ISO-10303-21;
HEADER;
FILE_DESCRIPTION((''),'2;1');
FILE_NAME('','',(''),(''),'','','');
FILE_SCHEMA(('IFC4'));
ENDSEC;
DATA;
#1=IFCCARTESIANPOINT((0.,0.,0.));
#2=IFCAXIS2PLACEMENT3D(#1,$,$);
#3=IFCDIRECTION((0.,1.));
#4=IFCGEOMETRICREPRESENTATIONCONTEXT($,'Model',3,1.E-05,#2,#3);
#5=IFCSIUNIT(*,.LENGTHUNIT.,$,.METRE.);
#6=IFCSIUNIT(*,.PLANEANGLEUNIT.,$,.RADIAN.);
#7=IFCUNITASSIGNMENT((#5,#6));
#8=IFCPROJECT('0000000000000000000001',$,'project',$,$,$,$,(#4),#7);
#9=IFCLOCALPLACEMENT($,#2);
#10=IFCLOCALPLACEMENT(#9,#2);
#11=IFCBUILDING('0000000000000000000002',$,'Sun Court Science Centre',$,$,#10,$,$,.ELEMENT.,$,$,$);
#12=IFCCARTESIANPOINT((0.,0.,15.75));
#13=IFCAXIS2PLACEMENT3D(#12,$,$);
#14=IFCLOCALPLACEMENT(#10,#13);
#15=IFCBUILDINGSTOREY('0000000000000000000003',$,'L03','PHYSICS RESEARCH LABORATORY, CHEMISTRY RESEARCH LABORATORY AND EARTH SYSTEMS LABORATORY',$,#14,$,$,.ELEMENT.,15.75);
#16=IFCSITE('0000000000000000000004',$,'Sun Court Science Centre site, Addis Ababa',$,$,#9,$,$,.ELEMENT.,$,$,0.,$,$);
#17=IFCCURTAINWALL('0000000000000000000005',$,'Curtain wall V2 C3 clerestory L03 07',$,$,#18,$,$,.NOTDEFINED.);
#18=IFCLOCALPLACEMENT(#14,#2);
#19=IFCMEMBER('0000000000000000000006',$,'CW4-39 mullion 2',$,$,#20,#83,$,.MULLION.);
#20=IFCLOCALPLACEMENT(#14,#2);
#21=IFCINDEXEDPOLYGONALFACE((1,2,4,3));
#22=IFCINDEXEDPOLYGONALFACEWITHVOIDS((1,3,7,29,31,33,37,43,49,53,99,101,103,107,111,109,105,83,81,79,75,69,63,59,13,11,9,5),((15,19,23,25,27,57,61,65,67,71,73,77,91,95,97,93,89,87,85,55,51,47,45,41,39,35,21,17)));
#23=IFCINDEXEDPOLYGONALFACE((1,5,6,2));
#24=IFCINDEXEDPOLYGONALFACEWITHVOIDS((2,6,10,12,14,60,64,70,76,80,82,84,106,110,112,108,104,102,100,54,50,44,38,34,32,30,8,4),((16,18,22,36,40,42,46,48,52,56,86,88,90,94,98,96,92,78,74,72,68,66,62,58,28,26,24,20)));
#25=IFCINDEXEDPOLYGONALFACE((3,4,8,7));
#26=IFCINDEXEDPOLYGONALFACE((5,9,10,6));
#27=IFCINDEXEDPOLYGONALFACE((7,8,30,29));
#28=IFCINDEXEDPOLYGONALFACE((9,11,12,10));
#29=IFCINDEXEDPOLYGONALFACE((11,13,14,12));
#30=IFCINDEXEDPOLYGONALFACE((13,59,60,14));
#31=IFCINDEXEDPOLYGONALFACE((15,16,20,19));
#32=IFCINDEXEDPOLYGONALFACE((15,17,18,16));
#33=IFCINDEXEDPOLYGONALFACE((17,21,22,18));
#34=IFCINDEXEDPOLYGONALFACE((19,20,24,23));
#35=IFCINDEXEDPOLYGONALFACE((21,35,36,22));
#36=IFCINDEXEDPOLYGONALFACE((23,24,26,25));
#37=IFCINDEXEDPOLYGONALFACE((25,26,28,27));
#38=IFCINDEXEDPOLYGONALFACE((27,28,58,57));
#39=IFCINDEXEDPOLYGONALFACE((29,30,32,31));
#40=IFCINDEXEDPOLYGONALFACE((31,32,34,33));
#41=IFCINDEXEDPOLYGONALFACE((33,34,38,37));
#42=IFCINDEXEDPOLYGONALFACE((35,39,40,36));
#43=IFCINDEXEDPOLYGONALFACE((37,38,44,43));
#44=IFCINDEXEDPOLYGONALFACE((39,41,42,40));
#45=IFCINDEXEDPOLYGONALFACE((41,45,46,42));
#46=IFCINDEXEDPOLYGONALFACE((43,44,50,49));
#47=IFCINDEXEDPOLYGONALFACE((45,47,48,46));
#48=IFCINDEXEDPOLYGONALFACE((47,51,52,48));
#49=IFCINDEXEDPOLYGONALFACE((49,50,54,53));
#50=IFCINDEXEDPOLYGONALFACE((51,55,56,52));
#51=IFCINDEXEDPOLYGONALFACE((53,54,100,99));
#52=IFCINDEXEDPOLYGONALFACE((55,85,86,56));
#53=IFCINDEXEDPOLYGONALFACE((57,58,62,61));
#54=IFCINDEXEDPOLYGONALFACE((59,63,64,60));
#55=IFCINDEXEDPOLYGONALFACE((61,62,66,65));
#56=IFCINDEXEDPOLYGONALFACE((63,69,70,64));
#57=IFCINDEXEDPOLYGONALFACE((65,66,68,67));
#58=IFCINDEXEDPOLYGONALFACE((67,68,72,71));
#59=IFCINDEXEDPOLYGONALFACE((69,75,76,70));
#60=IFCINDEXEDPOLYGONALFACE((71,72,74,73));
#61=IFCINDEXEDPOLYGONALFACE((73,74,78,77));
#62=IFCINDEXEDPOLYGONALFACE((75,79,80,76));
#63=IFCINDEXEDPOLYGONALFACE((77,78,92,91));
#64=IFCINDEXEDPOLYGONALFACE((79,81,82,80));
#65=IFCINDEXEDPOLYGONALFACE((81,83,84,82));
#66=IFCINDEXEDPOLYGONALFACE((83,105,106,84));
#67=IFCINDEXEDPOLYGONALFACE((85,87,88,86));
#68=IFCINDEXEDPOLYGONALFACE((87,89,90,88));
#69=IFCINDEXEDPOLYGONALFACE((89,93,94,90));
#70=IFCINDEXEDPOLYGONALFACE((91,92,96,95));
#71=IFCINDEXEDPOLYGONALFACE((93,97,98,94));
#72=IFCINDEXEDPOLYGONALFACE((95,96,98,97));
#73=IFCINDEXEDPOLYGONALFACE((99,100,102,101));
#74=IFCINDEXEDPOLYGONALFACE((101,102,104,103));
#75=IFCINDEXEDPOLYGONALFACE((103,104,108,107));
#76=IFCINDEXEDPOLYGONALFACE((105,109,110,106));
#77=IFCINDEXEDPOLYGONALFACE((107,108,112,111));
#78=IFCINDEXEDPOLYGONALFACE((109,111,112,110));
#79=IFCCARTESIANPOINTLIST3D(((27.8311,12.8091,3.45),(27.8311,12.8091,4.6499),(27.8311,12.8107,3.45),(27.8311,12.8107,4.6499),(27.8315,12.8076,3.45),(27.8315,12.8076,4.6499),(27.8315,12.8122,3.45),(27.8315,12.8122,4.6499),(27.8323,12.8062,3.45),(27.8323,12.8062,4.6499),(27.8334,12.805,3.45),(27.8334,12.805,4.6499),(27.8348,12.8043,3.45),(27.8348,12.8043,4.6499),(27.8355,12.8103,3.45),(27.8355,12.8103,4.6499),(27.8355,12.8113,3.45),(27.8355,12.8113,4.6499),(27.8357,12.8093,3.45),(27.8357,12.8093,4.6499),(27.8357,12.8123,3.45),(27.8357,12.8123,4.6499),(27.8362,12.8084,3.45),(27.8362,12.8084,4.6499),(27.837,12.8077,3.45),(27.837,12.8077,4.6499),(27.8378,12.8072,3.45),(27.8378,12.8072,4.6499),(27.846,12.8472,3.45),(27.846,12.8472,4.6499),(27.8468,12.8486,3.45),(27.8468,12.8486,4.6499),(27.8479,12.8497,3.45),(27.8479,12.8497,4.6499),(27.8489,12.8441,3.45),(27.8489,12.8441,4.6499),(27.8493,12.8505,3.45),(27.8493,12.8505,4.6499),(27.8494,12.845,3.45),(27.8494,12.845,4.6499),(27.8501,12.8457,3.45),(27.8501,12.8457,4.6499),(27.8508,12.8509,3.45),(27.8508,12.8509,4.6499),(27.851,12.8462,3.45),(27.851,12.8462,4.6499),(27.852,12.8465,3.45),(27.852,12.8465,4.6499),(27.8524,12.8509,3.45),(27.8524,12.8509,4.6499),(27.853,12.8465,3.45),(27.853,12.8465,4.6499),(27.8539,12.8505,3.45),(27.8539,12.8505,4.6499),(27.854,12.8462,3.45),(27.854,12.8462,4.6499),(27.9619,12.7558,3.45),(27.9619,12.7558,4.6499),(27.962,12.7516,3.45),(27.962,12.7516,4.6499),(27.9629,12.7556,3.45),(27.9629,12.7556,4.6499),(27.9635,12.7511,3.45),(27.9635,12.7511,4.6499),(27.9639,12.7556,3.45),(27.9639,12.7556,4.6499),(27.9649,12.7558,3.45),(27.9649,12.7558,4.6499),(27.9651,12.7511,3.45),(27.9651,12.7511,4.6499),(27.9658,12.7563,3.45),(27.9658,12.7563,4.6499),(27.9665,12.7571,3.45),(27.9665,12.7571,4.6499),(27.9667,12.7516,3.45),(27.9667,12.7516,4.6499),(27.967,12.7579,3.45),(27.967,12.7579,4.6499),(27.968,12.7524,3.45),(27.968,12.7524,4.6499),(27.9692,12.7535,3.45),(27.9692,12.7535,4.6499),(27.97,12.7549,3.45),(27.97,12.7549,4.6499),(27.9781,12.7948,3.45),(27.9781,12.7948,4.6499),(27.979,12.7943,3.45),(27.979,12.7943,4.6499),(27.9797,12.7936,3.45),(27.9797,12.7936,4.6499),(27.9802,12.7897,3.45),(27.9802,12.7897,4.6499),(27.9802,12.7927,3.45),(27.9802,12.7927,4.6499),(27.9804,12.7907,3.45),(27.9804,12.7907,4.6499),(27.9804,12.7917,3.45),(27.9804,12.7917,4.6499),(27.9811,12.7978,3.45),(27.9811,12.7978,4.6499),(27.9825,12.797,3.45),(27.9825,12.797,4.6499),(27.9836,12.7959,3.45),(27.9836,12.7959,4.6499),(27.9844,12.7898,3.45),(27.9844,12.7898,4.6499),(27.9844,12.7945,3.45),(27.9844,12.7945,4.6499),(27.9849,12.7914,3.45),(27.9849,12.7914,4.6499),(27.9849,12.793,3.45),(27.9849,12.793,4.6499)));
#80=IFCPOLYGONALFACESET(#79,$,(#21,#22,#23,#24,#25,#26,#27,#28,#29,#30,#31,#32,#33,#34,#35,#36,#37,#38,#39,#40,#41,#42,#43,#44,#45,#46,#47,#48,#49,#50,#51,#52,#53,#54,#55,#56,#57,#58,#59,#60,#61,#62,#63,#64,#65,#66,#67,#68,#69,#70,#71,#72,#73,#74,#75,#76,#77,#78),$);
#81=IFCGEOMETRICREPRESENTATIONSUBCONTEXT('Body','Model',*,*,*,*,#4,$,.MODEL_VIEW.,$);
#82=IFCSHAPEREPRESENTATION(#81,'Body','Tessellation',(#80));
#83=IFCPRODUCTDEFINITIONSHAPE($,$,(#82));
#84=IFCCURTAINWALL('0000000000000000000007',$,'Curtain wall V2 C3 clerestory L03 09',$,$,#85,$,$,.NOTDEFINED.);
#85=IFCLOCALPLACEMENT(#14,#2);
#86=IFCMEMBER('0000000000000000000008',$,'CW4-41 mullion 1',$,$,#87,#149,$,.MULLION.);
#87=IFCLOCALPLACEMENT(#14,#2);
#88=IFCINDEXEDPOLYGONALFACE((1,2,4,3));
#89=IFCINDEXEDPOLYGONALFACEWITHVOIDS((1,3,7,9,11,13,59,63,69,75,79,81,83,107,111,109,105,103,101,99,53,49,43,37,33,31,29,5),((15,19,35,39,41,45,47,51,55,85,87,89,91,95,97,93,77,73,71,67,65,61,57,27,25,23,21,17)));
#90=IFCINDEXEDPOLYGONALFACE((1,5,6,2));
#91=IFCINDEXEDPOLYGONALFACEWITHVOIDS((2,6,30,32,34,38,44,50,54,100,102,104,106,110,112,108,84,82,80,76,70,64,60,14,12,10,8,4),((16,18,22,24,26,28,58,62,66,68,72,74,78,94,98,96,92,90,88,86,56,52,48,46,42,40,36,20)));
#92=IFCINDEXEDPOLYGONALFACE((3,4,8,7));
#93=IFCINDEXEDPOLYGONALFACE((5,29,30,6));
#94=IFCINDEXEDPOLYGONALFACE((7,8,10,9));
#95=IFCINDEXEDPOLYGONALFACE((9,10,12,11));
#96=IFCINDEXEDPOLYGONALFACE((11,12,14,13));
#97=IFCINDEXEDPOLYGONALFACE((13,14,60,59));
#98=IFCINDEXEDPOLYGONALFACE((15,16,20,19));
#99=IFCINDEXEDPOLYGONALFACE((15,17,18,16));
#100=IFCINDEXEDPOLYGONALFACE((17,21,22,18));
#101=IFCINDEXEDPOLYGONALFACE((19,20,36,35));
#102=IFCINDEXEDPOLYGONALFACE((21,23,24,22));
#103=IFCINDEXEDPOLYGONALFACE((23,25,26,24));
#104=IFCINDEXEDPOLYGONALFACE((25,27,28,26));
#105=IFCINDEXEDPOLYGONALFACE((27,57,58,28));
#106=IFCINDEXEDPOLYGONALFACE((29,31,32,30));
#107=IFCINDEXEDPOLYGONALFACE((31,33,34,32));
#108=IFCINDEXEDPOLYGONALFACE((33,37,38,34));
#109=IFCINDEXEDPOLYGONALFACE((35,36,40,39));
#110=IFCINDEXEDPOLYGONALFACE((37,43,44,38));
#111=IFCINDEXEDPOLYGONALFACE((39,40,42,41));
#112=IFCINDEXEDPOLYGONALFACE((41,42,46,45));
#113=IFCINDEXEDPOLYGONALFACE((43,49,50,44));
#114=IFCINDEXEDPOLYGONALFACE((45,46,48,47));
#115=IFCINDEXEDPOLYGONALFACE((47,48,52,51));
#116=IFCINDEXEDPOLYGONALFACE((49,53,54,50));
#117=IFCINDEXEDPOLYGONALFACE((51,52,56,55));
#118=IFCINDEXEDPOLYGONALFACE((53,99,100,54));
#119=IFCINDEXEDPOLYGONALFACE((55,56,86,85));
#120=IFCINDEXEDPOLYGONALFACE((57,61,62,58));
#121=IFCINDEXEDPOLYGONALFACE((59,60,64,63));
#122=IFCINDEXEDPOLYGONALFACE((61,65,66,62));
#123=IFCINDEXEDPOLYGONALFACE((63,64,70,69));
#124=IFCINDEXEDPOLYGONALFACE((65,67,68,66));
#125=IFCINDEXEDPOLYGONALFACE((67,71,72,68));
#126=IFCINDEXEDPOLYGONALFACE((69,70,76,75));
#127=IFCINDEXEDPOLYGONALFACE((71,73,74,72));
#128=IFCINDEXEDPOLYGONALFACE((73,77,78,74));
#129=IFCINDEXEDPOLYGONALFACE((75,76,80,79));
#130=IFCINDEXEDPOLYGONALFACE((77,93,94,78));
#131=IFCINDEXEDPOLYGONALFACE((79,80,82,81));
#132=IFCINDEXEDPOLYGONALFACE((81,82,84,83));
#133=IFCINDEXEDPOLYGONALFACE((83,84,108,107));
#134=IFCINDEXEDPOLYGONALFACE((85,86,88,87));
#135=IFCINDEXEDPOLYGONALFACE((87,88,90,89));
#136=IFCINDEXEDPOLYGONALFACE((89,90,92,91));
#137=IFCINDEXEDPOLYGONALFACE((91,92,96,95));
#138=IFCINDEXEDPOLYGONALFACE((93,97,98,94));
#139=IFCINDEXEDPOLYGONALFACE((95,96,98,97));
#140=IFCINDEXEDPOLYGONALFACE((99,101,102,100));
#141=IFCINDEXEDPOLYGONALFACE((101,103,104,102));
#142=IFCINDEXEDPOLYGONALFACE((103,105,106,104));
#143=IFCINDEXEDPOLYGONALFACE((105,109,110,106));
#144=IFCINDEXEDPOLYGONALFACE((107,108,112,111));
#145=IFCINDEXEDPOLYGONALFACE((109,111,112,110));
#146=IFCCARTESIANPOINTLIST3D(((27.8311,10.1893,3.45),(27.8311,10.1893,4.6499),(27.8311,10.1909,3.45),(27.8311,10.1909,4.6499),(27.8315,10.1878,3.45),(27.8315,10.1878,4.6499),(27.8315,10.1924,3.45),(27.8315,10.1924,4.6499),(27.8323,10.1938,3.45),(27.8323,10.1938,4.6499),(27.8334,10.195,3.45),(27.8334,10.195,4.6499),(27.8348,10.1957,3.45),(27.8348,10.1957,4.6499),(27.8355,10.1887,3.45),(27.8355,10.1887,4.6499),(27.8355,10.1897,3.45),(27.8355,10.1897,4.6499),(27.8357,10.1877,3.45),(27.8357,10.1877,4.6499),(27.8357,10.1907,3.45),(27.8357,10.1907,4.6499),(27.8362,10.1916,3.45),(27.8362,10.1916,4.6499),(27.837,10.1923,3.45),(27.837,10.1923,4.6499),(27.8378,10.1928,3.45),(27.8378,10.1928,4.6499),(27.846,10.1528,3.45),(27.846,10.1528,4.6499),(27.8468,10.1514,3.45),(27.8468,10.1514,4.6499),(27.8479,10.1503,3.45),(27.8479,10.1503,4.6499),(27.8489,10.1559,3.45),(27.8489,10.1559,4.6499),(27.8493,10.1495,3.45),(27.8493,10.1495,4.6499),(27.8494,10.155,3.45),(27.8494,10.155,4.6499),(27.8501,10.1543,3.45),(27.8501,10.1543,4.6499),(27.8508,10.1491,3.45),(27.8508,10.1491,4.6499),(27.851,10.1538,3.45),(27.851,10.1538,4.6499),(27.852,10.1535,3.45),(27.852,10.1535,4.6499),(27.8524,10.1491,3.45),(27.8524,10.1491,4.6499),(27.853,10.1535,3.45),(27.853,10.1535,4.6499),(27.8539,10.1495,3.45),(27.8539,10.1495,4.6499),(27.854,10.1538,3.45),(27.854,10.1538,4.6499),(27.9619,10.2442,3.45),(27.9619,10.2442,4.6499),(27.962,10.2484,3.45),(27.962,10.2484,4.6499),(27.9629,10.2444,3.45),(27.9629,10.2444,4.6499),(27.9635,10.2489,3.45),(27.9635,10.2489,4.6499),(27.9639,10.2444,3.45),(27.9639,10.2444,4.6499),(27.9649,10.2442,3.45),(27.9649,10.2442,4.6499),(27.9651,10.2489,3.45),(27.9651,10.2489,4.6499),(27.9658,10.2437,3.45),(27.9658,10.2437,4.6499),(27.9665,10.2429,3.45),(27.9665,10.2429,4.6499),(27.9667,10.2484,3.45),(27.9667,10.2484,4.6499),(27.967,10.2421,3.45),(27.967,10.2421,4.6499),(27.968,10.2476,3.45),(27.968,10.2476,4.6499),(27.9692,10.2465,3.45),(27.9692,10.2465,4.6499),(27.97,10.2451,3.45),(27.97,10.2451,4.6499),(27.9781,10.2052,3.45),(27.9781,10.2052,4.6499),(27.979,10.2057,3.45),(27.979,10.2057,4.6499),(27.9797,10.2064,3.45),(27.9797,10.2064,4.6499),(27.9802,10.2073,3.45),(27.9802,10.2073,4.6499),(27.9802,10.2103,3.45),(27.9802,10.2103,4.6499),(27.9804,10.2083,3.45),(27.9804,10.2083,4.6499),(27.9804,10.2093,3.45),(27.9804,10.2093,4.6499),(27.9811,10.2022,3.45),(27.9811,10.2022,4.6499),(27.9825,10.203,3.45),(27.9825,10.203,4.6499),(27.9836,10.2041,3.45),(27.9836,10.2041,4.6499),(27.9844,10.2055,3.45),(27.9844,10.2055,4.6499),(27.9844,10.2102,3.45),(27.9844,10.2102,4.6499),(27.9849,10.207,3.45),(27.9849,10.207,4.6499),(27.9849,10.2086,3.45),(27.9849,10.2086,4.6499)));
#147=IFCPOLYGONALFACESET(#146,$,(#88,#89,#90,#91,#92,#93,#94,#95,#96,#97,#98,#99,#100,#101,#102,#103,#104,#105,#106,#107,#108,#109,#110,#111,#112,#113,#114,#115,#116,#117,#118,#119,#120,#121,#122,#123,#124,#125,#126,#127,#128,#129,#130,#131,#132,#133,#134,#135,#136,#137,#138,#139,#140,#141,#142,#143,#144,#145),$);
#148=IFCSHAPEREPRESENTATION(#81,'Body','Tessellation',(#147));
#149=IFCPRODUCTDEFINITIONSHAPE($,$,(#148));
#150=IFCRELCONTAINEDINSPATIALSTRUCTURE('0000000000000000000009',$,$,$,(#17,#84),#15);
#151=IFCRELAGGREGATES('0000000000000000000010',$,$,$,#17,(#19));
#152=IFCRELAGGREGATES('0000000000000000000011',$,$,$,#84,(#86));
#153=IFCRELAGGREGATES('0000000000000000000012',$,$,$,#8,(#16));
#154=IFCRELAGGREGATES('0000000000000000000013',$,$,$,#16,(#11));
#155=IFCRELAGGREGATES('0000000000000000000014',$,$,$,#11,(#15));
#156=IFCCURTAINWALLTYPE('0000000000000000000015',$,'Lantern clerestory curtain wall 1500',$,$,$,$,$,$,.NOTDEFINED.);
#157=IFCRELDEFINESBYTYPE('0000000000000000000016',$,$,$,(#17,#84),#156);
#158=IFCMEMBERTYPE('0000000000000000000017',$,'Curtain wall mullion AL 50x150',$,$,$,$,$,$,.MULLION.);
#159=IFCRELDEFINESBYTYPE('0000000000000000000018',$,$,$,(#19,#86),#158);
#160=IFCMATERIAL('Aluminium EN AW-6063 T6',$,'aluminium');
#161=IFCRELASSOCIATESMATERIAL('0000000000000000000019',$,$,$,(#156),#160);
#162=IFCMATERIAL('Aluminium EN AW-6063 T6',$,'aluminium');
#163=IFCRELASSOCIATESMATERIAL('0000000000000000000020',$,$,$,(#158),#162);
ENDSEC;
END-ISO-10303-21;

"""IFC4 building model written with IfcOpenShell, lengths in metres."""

from ifc_helpers import new_model, si_unit, direction, frame, origin, origin_2d, place, context, subcontext, project, spatial, hollow_rectangle, extrude, material, material_profile, profile_set, type_object, element, aggregate, save


model = new_model("IFC4")

# Units and contexts
model_context = context("Model", 3, precision=1e-05, world=origin(), true_north=direction((0.0, 1.0)))
body_context = subcontext(model_context, "Body", "Model", "MODEL_VIEW")
ifc_project = project(units=[si_unit("LENGTHUNIT", "METRE"), si_unit("PLANEANGLEUNIT", "RADIAN")], contexts=[model_context])

# Site, building, storey
site_placement = place(None, origin())
site = spatial("IfcSite", under=ifc_project, at=site_placement, Name="Sun Court Science Centre site, Addis Ababa", CompositionType="ELEMENT", RefElevation=0.0)
building_placement = place(site_placement, origin())
building = spatial("IfcBuilding", under=site, at=building_placement, Name="Sun Court Science Centre", CompositionType="ELEMENT")
storey_placement = place(building_placement, frame((0.0, 0.0, 15.75)))
storey = spatial("IfcBuildingStorey", under=building, at=storey_placement, Name="L03", Description="PHYSICS RESEARCH LABORATORY, CHEMISTRY RESEARCH LABORATORY AND EARTH SYSTEMS LABORATORY", CompositionType="ELEMENT", Elevation=15.75)

# Curtain walls, members
ifc_material_1 = material(Name="Aluminium EN AW-6063 T6", Category="aluminium")
curtain_wall_type = type_object("IfcCurtainWallType", Name="Lantern clerestory curtain wall 1500", PredefinedType="NOTDEFINED", material=ifc_material_1)
curtain_wall_1_placement = place(storey_placement, origin())
curtain_wall_1 = element("IfcCurtainWall", 1, at=curtain_wall_1_placement, inside=storey, type_object=curtain_wall_type, Name="Curtain wall V2 C3 clerestory L03 07", PredefinedType="NOTDEFINED")
ifc_material_2 = material(Name="Aluminium EN AW-6063 T6", Category="aluminium")
ifc_material_profile_1 = material_profile(ifc_material_2, hollow_rectangle(XDim=0.05, YDim=0.1499, WallThickness=0.0039, InnerFilletRadius=0.0039, OuterFilletRadius=0.0061, at=origin_2d()), Name="AL 50x150x4")
ifc_profile_set_1 = profile_set([ifc_material_profile_1], Name="Aluminium EN AW-6063 T6")
member_type_1 = type_object("IfcMemberType", Name="Curtain wall mullion AL 50x150", PredefinedType="MULLION", material=ifc_profile_set_1)
member_1_placement = place(storey_placement, frame((27.908, 12.801, 3.45), z_axis=(0.0, 0.0, 1.0), x_axis=(0.382683, 0.92388, 0.0)))
member_1 = element("IfcMember", 2, at=member_1_placement, type_object=member_type_1, Name="CW4-39 mullion 2", PredefinedType="MULLION", context=body_context, shape_type="SweptSolid", body=[
    extrude(hollow_rectangle(XDim=0.05, YDim=0.1499, WallThickness=0.0039, InnerFilletRadius=0.0039, OuterFilletRadius=0.0061, at=origin_2d()), origin(), (0.0, 0.0, 1.0), 1.2),
])
aggregate(curtain_wall_1, [member_1])
curtain_wall_2_placement = place(storey_placement, origin())
curtain_wall_2 = element("IfcCurtainWall", 3, at=curtain_wall_2_placement, inside=storey, type_object=curtain_wall_type, Name="Curtain wall V2 C3 clerestory L03 09", PredefinedType="NOTDEFINED")
member_2_placement = place(storey_placement, frame((27.908, 10.199, 3.45), z_axis=(0.0, 0.0, 1.0), x_axis=(-0.382683, 0.92388, 0.0)))
member_2 = element("IfcMember", 4, at=member_2_placement, type_object=member_type_1, Name="CW4-41 mullion 1", PredefinedType="MULLION", context=body_context, shape_type="SweptSolid", body=[
    extrude(hollow_rectangle(XDim=0.05, YDim=0.1499, WallThickness=0.0039, InnerFilletRadius=0.0039, OuterFilletRadius=0.0061, at=origin_2d()), origin(), (0.0, 0.0, 1.0), 1.2),
])

aggregate(curtain_wall_2, [member_2])

save(model, "model.ifc")
